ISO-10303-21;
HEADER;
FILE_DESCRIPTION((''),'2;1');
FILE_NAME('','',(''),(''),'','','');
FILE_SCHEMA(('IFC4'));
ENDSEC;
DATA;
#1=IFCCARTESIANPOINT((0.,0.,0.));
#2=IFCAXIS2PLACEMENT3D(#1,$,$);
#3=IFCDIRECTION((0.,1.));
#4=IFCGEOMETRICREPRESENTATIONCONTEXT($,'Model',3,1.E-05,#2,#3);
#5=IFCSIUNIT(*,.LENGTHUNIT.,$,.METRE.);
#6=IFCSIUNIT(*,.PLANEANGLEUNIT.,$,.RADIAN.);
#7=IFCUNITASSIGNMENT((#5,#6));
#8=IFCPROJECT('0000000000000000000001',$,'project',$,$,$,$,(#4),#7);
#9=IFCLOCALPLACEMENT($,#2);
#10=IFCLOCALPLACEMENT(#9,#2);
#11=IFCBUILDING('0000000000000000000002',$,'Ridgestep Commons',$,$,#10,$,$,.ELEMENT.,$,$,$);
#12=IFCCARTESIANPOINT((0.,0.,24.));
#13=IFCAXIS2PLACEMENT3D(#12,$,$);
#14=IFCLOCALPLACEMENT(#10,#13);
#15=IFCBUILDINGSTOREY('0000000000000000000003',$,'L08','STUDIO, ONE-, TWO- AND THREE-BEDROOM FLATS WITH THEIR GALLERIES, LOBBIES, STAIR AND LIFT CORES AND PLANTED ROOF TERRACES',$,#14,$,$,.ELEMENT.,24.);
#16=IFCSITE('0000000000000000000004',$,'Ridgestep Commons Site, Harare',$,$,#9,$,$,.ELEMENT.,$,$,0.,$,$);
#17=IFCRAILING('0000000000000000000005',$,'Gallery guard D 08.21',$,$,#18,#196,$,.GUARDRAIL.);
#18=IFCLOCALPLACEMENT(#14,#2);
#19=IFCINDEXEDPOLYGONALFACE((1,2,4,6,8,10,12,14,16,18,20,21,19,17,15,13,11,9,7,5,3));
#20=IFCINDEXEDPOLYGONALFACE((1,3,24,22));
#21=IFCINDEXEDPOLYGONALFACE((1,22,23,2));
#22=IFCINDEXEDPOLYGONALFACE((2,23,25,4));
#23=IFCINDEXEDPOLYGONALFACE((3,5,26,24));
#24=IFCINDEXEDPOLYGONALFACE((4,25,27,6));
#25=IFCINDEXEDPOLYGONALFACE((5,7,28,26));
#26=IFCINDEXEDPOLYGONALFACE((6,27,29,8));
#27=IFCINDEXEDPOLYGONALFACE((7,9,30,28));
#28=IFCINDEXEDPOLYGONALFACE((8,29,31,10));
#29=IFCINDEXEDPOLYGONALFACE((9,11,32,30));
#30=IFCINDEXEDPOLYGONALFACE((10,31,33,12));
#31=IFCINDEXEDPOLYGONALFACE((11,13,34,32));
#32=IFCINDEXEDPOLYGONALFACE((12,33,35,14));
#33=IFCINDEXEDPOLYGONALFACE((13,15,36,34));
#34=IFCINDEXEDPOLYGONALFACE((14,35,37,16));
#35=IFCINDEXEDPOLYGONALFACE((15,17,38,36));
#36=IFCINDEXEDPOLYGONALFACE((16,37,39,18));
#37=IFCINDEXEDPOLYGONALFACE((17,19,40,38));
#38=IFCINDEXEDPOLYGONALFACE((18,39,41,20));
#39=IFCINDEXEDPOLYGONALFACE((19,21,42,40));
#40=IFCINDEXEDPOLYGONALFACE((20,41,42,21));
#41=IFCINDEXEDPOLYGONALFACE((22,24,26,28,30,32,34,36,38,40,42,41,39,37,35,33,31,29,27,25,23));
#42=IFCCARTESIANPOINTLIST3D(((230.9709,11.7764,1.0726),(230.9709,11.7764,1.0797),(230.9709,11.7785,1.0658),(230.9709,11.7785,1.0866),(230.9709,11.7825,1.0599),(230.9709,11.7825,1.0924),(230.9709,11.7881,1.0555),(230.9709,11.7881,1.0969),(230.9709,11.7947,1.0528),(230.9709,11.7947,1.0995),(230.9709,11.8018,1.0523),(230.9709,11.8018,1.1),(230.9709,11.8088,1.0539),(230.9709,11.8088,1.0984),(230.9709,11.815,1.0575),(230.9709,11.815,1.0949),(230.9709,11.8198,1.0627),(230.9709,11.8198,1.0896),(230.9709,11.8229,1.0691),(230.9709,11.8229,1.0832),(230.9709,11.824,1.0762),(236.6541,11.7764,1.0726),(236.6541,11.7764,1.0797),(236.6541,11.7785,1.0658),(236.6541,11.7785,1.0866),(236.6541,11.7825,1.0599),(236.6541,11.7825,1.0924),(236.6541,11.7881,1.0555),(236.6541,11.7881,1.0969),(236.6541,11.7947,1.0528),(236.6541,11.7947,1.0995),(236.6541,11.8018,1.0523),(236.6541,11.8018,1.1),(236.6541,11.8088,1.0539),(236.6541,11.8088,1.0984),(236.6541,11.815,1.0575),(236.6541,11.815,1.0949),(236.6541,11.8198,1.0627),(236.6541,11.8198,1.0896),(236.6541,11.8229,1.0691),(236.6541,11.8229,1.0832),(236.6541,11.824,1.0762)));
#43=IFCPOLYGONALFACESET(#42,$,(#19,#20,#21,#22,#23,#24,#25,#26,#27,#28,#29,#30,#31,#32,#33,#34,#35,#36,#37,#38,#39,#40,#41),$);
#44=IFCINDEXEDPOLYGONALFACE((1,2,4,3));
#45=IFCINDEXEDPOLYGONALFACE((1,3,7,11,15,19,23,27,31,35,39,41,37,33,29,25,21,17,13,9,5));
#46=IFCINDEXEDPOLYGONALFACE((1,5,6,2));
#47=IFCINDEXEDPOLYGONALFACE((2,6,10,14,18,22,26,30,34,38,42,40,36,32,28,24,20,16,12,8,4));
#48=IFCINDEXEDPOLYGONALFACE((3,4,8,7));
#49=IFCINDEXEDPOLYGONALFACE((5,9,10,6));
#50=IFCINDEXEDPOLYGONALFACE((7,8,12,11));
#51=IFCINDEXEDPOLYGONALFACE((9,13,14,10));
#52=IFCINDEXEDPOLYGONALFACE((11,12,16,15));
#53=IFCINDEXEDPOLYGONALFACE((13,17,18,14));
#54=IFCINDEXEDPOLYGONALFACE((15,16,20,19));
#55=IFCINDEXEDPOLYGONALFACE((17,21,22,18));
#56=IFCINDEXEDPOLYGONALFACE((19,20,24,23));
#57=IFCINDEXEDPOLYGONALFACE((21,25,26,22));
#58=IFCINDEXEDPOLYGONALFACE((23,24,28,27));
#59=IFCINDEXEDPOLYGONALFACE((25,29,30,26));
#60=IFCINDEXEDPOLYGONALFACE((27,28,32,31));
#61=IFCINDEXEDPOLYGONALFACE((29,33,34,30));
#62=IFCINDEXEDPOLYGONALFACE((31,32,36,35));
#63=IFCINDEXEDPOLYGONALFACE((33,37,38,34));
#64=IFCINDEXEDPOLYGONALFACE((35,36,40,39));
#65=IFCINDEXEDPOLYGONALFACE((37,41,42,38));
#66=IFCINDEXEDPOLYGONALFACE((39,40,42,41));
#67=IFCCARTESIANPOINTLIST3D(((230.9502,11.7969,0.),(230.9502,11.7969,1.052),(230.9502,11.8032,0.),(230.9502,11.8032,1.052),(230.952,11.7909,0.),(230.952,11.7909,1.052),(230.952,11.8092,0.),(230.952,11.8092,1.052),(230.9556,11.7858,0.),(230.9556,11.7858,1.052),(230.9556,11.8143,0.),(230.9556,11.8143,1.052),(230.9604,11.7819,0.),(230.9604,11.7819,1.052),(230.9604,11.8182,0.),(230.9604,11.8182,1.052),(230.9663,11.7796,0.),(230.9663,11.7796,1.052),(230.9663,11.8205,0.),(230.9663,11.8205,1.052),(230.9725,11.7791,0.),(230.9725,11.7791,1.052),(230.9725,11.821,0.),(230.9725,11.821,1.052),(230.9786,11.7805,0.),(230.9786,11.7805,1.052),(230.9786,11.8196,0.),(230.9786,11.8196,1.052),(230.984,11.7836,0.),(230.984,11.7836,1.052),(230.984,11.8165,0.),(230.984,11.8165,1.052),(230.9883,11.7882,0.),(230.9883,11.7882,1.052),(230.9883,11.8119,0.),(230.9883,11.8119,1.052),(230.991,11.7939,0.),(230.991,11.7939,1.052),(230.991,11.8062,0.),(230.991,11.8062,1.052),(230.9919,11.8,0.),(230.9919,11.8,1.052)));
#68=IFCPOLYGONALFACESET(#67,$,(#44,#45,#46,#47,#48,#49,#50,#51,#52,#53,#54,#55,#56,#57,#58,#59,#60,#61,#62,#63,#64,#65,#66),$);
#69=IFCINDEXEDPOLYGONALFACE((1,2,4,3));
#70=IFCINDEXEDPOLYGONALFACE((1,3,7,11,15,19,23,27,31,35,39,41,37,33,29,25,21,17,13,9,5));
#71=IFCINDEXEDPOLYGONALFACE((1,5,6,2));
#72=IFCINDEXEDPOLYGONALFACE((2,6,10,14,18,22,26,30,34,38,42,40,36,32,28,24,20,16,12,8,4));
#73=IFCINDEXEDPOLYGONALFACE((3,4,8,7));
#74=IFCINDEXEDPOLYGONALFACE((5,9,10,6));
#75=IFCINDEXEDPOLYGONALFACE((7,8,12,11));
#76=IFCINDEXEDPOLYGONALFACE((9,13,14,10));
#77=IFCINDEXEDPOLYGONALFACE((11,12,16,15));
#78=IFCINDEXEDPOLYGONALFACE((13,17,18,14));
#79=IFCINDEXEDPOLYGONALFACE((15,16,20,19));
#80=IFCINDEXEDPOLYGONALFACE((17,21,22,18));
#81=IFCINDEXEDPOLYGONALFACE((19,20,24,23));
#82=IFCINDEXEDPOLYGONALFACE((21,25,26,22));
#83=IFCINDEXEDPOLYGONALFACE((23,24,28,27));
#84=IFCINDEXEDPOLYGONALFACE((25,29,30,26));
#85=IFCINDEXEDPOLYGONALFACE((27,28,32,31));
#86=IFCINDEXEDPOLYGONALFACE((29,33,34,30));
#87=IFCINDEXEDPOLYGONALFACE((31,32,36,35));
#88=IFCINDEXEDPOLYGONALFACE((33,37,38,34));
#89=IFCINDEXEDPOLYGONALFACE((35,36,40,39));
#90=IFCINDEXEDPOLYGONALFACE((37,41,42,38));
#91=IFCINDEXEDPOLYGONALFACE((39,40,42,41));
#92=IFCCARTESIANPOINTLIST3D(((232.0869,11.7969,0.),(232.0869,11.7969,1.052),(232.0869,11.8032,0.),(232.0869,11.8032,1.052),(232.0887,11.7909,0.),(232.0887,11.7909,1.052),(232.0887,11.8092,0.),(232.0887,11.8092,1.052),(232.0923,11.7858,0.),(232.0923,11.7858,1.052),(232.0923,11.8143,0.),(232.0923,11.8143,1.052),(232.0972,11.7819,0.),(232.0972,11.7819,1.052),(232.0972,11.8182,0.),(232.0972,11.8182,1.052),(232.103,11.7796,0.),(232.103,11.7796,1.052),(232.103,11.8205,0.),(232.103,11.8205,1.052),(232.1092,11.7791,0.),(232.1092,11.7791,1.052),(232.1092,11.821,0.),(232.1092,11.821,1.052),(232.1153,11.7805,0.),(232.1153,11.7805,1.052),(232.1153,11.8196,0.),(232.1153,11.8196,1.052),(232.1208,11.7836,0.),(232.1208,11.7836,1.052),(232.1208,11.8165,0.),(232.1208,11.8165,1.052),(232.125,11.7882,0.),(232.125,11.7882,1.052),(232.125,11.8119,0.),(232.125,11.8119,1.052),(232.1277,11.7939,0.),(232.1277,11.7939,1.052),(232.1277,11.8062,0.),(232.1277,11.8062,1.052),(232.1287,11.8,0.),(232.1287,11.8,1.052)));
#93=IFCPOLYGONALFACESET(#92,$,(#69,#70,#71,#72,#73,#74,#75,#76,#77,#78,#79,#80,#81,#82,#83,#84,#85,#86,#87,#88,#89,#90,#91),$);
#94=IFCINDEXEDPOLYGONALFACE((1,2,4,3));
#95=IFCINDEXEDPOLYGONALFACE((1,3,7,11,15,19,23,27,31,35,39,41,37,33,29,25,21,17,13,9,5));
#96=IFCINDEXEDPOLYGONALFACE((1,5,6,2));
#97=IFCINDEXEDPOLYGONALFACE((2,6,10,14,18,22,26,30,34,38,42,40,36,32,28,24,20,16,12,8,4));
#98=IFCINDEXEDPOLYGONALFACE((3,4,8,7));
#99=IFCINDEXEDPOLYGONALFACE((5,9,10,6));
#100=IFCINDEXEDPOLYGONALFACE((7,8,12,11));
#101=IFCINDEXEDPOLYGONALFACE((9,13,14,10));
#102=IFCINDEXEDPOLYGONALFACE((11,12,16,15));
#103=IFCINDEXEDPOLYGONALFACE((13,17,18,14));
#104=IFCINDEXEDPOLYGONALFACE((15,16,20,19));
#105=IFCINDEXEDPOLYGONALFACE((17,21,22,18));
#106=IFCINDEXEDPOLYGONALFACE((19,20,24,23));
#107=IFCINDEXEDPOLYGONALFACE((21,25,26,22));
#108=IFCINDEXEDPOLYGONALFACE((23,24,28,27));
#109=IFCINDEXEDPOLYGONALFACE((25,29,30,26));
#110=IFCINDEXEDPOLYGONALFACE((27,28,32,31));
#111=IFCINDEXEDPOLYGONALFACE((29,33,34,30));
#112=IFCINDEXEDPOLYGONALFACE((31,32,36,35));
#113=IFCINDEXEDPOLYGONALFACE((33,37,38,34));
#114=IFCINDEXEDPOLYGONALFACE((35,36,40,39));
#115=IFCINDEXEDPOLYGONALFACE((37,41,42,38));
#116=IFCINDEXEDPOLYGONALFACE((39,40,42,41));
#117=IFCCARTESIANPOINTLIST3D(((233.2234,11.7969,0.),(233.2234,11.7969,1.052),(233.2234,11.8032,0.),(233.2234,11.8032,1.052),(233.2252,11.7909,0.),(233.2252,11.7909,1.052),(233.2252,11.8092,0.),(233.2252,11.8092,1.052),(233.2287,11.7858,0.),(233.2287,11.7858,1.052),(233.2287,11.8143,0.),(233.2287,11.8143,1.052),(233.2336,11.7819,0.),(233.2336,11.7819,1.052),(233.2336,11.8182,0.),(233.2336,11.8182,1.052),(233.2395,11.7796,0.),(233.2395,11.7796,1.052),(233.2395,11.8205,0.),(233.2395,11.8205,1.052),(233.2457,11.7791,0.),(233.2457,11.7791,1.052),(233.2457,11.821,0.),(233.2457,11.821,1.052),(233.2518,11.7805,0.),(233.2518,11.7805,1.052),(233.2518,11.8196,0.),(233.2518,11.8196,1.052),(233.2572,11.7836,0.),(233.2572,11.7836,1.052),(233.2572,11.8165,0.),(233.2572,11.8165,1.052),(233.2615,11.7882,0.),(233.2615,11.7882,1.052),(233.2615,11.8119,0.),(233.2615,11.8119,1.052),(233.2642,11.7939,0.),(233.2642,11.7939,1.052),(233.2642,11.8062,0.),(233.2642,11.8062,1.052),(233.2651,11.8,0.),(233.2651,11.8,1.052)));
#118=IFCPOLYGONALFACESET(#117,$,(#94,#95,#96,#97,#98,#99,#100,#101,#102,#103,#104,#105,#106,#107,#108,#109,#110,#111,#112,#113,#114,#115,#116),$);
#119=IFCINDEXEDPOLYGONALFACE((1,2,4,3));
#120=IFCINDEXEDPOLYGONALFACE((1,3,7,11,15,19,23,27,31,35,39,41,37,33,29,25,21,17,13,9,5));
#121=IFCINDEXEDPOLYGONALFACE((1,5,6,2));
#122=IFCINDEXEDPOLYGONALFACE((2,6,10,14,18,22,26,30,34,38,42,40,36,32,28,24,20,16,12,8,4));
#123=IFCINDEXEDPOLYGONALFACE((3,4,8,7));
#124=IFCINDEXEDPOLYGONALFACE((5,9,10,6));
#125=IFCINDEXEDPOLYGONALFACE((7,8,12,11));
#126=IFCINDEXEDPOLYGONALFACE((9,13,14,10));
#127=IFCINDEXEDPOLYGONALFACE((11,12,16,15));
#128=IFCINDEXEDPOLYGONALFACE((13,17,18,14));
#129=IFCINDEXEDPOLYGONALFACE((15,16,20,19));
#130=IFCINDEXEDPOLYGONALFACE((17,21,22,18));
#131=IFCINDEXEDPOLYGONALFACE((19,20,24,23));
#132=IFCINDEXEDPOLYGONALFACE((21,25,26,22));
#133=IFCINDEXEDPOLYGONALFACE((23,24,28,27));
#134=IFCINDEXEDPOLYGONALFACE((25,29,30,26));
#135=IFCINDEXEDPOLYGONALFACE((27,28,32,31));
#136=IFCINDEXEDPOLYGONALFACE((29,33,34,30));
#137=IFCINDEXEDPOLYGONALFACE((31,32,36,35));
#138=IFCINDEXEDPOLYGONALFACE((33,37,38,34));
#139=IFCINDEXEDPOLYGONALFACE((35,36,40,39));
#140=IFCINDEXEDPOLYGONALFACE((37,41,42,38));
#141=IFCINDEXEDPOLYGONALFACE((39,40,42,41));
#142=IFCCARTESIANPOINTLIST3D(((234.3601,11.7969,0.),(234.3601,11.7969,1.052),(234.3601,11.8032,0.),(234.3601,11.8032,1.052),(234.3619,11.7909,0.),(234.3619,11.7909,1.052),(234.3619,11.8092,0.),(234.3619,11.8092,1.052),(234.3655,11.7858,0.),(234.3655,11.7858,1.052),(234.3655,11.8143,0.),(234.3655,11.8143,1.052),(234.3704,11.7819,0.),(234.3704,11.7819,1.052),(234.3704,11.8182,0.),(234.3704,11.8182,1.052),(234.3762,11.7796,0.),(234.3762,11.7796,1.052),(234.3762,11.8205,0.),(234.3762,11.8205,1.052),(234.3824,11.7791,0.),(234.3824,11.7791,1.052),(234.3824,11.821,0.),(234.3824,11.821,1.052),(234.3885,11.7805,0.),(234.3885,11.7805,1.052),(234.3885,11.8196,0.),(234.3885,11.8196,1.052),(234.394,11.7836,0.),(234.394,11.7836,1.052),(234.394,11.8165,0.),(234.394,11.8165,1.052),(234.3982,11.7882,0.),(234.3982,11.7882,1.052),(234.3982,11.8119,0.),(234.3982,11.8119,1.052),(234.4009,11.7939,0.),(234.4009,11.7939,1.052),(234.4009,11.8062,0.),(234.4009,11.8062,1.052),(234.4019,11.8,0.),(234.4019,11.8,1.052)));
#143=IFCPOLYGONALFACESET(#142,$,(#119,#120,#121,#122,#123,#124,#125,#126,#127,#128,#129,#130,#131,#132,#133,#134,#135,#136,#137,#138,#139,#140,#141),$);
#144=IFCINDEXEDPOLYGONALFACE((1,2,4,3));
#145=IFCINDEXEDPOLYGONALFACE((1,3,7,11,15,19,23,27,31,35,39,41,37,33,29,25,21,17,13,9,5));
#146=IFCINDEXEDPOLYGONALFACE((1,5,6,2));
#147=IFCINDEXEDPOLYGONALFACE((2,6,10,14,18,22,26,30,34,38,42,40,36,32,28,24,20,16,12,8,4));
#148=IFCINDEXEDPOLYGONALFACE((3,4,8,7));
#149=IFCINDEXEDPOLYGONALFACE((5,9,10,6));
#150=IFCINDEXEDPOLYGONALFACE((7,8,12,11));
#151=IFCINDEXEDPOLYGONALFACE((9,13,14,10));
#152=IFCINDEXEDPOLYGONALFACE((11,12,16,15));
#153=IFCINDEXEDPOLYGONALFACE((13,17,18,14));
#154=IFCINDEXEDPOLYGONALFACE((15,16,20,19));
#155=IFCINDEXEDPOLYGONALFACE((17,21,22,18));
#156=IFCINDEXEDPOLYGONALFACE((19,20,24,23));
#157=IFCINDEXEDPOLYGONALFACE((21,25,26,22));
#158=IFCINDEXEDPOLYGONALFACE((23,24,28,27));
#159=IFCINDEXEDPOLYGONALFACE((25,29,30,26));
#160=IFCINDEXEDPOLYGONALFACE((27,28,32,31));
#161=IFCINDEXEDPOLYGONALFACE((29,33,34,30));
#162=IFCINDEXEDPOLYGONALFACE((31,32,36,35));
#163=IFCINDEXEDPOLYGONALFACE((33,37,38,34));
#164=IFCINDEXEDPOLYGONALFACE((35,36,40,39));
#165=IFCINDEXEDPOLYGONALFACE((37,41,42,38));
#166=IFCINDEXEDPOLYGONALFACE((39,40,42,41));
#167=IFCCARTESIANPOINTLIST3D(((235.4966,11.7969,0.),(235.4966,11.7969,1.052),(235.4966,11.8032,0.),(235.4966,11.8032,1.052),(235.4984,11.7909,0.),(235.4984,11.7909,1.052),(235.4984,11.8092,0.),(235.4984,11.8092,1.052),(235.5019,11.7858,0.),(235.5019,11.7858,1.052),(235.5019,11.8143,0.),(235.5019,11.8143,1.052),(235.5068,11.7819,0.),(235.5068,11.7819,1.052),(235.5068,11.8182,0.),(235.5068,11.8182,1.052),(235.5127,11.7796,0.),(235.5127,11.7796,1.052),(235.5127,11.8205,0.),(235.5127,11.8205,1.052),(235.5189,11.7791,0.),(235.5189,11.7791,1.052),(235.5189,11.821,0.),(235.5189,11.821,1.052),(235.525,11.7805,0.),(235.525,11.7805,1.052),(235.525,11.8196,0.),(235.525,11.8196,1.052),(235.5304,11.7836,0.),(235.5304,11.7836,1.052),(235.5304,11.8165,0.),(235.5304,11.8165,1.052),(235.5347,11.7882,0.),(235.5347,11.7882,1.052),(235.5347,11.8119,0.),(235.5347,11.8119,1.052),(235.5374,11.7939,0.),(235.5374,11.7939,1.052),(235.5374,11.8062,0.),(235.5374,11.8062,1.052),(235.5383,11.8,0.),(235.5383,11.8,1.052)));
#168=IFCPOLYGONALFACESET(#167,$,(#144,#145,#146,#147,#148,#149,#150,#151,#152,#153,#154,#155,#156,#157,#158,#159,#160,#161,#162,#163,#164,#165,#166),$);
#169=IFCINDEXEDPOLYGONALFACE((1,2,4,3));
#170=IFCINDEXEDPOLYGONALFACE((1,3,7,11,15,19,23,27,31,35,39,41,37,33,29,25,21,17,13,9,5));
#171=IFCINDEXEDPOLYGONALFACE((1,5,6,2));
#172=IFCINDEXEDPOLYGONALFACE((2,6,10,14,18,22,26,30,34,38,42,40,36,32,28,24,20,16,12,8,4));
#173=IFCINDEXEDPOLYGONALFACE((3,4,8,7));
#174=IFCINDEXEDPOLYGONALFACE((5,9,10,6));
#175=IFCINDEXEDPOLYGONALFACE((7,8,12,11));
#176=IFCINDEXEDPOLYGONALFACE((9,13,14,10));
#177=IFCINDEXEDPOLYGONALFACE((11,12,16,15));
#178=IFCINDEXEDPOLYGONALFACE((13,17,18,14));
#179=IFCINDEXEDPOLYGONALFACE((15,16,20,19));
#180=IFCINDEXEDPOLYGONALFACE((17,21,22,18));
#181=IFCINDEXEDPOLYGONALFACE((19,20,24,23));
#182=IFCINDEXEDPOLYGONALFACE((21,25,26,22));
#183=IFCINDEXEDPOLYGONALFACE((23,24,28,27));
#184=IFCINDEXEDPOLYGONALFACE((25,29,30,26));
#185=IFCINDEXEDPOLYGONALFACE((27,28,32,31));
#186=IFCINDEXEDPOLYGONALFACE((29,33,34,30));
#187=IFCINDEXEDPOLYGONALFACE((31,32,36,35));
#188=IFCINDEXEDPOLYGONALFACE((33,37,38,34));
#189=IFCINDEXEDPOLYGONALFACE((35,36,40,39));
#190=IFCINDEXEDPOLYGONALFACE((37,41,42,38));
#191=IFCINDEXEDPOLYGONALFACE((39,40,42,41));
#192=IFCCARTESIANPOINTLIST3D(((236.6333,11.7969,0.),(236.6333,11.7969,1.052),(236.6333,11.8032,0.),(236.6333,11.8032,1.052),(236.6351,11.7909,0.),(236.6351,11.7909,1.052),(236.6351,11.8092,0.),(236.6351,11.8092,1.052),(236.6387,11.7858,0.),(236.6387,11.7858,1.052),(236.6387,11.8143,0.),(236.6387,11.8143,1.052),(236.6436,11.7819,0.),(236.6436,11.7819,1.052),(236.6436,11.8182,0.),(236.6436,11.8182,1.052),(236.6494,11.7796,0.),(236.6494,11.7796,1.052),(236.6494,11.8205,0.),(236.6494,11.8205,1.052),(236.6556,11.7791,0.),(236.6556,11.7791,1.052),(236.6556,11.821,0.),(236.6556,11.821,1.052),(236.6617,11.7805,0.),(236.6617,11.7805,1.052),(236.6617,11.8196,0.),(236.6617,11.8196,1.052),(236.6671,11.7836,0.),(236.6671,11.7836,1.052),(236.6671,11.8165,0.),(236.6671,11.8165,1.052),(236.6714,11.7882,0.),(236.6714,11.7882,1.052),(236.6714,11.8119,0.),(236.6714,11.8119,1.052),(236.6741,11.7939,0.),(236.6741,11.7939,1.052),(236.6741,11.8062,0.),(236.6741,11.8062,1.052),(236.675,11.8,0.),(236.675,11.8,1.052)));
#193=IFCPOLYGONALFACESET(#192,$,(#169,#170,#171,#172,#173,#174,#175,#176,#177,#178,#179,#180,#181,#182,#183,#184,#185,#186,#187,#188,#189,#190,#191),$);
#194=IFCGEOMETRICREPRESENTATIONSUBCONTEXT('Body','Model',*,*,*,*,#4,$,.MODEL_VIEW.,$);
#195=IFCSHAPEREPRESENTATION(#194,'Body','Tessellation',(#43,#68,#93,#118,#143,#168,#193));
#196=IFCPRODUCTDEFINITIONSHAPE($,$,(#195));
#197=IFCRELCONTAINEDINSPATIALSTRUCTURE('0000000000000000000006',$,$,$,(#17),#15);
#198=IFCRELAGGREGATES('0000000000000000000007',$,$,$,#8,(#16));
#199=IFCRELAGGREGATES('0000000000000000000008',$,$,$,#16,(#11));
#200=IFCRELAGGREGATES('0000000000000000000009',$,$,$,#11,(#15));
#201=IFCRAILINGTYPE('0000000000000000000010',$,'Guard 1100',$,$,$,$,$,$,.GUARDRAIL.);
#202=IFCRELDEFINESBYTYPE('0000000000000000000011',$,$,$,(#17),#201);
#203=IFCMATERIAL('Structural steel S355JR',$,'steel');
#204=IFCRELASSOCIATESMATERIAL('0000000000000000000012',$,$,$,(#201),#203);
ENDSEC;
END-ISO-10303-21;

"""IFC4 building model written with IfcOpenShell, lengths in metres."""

from ifc_helpers import new_model, si_unit, direction, frame, origin, origin_2d, place, context, subcontext, project, spatial, circle, extrude, material, type_object, element, save


model = new_model("IFC4")

# Units and contexts
model_context = context("Model", 3, precision=1e-05, world=origin(), true_north=direction((0.0, 1.0)))
body_context = subcontext(model_context, "Body", "Model", "MODEL_VIEW")
ifc_project = project(units=[si_unit("LENGTHUNIT", "METRE"), si_unit("PLANEANGLEUNIT", "RADIAN")], contexts=[model_context])

# Site, building, storey
site_placement = place(None, origin())
site = spatial("IfcSite", under=ifc_project, at=site_placement, Name="Ridgestep Commons Site, Harare", CompositionType="ELEMENT", RefElevation=0.0)
building_placement = place(site_placement, origin())
building = spatial("IfcBuilding", under=site, at=building_placement, Name="Ridgestep Commons", CompositionType="ELEMENT")
storey_placement = place(building_placement, frame((0.0, 0.0, 24.0)))
storey = spatial("IfcBuildingStorey", under=building, at=storey_placement, Name="L08", Description="STUDIO, ONE-, TWO- AND THREE-BEDROOM FLATS WITH THEIR GALLERIES, LOBBIES, STAIR AND LIFT CORES AND PLANTED ROOF TERRACES", CompositionType="ELEMENT", Elevation=24.0)

# Railing
ifc_material_1 = material(Name="Structural steel S355JR", Category="steel")
railing_type = type_object("IfcRailingType", Name="Guard 1100", PredefinedType="GUARDRAIL", material=ifc_material_1)
railing_1_placement = place(storey_placement, frame((230.9709, 11.8, 0.0)))
element("IfcRailing", 1, at=railing_1_placement, inside=storey, type_object=railing_type, Name="Gallery guard D 08.21", PredefinedType="GUARDRAIL", context=body_context, shape_type="SweptSolid", body=[
    extrude(circle(Radius=0.0239, at=origin_2d()), frame((0.0, 0.0, 1.0762), z_axis=(1.0, 0.0, 0.0), x_axis=(0.0, 1.0, 0.0)), (0.0, 0.0, 1.0), 5.6831),
    extrude(circle(Radius=0.021, at=origin_2d()), origin(), (0.0, 0.0, 1.0), 1.052),
    extrude(circle(Radius=0.021, at=origin_2d()), frame((1.1367, 0.0, 0.0)), (0.0, 0.0, 1.0), 1.052),
    extrude(circle(Radius=0.021, at=origin_2d()), frame((2.2732, 0.0, 0.0)), (0.0, 0.0, 1.0), 1.052),
    extrude(circle(Radius=0.021, at=origin_2d()), frame((3.4099, 0.0, 0.0)), (0.0, 0.0, 1.0), 1.052),
    extrude(circle(Radius=0.021, at=origin_2d()), frame((4.5464, 0.0, 0.0)), (0.0, 0.0, 1.0), 1.052),
    extrude(circle(Radius=0.021, at=origin_2d()), frame((5.6831, 0.0, 0.0)), (0.0, 0.0, 1.0), 1.052),
])

save(model, "model.ifc")
